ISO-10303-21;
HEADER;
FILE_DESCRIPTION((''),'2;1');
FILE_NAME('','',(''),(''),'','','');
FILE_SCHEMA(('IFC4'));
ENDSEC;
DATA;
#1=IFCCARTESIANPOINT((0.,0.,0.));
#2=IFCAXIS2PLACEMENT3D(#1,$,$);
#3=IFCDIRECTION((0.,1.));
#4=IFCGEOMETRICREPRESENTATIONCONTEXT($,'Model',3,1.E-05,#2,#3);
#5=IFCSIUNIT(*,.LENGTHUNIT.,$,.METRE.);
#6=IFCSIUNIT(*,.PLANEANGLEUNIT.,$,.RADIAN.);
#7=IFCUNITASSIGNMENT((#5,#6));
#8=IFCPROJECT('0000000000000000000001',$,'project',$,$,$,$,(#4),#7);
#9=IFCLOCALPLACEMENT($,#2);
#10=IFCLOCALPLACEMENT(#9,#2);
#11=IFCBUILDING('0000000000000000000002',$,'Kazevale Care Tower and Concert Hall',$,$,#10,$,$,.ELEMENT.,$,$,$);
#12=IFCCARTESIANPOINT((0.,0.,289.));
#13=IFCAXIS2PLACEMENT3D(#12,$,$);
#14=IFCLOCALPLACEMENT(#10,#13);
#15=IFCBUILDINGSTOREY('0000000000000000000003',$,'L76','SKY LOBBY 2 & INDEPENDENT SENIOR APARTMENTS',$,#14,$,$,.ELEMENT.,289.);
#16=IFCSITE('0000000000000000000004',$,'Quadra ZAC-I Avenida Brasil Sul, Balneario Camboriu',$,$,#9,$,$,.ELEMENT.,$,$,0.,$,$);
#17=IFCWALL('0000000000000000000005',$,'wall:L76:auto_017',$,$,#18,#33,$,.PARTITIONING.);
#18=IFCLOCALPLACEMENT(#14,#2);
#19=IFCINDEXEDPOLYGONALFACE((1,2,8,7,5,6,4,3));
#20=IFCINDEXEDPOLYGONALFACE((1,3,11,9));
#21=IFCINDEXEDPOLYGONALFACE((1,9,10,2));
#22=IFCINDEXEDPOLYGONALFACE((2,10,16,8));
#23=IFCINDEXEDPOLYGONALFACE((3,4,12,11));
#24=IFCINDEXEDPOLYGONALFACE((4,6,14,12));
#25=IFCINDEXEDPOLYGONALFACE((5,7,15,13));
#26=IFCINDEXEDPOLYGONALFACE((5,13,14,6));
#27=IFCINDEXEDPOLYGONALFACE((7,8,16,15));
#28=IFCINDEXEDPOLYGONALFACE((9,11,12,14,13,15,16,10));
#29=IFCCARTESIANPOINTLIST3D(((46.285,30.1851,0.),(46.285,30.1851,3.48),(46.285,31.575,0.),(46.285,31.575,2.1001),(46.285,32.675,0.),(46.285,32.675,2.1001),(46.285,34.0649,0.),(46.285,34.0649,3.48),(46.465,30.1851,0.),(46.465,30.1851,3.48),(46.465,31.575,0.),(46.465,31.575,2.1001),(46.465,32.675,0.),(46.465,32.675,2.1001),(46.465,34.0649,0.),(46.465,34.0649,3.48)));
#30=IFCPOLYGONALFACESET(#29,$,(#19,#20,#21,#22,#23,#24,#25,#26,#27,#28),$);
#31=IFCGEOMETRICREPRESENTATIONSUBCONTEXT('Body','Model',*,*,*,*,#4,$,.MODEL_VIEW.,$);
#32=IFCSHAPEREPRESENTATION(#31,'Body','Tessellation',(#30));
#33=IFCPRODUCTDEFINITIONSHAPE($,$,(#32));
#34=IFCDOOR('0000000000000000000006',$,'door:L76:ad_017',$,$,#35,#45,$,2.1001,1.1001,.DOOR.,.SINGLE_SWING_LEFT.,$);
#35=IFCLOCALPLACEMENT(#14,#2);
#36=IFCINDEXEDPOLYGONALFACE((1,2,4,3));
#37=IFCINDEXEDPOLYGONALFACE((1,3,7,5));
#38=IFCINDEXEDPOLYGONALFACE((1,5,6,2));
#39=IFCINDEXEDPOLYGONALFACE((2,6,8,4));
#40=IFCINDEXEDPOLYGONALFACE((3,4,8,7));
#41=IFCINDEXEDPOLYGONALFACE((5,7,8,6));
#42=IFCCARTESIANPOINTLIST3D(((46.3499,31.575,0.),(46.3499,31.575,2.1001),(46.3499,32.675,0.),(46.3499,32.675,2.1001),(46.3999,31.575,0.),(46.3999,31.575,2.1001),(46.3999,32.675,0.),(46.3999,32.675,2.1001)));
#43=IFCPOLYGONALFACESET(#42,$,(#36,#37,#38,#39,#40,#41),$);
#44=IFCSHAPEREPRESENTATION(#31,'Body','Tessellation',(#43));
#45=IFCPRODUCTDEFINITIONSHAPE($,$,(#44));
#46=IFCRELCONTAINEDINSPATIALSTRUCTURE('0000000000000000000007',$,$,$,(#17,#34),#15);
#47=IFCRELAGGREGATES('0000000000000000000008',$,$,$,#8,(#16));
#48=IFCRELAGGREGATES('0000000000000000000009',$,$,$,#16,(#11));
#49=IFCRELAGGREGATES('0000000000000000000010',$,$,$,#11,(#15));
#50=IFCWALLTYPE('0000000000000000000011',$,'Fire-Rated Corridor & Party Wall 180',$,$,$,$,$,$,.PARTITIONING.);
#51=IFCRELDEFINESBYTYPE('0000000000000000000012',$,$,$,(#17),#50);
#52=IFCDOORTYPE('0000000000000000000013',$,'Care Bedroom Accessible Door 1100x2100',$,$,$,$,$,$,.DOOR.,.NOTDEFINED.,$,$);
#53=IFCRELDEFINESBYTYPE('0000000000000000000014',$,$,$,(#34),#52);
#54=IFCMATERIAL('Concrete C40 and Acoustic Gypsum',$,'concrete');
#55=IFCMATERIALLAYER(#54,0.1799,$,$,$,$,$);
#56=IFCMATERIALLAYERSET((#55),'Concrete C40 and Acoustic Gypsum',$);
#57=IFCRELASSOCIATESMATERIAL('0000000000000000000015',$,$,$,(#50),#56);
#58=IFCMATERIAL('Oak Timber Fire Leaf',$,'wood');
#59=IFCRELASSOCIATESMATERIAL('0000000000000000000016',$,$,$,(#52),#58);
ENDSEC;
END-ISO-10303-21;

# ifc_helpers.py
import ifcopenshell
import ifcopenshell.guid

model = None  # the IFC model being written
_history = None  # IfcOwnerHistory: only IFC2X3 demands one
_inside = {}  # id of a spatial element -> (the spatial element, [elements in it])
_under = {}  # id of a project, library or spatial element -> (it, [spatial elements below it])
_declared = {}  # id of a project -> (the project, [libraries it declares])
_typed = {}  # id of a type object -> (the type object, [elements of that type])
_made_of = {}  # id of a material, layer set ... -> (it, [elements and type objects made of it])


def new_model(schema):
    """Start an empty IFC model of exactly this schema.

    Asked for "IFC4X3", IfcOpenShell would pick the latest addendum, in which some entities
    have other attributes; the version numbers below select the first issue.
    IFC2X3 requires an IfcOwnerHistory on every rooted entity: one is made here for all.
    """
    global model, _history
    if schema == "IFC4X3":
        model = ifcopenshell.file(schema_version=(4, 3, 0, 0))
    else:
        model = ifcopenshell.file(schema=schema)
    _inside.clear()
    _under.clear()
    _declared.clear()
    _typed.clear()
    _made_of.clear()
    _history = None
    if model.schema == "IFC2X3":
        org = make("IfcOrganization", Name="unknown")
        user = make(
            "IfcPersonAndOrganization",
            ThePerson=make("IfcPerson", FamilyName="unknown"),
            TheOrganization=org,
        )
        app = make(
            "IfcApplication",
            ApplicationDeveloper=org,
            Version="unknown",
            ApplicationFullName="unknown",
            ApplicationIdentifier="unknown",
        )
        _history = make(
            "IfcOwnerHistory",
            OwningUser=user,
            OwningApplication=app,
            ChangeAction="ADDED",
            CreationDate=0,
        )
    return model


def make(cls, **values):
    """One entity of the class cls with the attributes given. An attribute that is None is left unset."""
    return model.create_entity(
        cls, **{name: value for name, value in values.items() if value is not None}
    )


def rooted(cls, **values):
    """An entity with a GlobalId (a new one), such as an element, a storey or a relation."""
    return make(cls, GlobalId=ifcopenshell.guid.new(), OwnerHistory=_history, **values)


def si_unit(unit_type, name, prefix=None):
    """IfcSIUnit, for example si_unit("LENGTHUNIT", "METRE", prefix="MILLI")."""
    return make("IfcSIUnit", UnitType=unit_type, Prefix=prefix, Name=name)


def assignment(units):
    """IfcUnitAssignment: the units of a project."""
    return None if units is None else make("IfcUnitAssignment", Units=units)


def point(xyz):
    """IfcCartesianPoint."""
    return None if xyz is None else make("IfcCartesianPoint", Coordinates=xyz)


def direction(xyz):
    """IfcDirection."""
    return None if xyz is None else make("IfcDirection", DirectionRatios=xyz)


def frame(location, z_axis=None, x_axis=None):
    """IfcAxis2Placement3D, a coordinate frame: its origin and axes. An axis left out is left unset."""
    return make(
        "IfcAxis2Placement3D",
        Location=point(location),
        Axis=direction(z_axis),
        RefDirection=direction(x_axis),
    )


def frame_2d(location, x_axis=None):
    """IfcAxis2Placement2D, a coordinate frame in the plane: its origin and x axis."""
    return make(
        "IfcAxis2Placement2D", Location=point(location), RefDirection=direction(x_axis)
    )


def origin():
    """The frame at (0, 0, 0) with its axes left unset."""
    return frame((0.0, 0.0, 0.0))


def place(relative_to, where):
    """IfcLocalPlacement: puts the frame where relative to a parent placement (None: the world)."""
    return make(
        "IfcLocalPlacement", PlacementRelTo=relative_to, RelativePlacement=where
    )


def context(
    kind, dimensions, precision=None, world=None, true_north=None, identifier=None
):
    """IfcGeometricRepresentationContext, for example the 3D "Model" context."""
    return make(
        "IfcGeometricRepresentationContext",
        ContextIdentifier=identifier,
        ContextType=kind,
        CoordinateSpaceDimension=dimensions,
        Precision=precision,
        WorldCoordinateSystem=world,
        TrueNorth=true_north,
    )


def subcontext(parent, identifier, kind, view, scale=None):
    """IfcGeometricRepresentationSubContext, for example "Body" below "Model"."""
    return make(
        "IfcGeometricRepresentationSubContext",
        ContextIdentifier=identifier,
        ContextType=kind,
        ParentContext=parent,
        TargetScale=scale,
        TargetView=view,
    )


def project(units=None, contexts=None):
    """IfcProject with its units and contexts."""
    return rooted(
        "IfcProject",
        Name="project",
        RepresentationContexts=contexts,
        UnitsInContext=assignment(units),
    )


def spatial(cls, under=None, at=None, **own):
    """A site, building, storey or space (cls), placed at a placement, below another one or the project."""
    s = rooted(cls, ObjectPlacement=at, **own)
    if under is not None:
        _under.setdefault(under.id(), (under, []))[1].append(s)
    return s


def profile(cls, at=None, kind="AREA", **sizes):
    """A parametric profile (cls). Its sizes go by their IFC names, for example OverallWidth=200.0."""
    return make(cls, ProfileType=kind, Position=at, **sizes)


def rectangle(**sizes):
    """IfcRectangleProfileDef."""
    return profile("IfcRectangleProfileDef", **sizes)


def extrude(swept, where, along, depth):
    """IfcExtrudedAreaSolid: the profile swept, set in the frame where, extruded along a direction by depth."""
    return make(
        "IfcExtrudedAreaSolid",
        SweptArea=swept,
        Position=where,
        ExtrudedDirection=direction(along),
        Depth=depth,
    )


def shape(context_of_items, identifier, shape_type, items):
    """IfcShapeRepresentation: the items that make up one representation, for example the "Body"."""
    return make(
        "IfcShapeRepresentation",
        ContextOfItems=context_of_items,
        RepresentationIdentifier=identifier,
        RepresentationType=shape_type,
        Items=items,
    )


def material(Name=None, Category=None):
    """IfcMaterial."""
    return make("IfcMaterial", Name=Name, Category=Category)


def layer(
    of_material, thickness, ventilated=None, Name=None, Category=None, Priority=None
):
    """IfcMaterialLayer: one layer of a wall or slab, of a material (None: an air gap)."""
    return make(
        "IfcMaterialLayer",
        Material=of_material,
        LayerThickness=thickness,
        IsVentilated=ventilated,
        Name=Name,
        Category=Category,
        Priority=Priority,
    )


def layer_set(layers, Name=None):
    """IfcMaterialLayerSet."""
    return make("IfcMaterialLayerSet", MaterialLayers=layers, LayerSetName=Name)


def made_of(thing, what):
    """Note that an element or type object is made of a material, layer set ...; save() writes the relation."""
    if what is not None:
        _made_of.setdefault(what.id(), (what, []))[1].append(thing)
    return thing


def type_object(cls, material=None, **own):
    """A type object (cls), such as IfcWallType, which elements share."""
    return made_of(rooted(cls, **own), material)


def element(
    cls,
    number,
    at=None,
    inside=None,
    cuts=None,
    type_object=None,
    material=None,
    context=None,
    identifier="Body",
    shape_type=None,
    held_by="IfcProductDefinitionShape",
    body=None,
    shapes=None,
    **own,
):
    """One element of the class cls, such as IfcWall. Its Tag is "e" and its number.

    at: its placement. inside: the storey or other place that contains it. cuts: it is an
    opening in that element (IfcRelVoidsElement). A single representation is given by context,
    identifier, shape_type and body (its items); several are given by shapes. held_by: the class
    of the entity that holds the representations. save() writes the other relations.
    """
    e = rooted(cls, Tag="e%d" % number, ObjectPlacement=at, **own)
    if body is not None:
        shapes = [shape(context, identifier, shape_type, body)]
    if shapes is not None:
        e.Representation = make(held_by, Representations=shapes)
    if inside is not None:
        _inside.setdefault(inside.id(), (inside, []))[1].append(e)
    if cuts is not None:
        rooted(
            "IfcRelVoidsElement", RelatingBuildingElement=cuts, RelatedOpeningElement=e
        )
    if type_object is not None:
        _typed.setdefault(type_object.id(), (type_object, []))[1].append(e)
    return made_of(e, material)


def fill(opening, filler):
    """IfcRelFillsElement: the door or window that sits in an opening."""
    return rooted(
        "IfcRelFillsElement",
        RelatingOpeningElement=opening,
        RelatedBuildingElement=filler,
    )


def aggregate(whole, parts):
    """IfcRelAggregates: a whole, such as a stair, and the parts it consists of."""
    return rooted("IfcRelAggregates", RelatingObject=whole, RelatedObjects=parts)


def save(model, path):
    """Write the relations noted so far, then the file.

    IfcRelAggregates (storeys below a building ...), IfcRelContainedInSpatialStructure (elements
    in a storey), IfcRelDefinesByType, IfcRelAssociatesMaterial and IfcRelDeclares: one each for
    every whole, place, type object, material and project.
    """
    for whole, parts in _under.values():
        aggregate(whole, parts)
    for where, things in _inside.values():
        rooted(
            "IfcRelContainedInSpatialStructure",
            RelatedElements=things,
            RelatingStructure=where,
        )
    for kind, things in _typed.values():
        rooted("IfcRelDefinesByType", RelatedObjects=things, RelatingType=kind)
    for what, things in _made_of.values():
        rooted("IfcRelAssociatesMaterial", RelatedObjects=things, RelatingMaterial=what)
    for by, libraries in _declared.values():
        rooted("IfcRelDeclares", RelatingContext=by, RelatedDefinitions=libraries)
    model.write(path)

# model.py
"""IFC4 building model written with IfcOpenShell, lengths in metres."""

from ifc_helpers import new_model, si_unit, direction, frame, frame_2d, origin, place, context, subcontext, project, spatial, rectangle, extrude, material, layer, layer_set, type_object, element, fill, save


model = new_model("IFC4")

# Units and contexts
model_context = context("Model", 3, precision=1e-05, world=origin(), true_north=direction((0.0, 1.0)))
body_context = subcontext(model_context, "Body", "Model", "MODEL_VIEW")
ifc_project = project(units=[si_unit("LENGTHUNIT", "METRE"), si_unit("PLANEANGLEUNIT", "RADIAN")], contexts=[model_context])

# Site, building, storey
site_placement = place(None, origin())
site = spatial("IfcSite", under=ifc_project, at=site_placement, Name="Quadra ZAC-I Avenida Brasil Sul, Balneario Camboriu", CompositionType="ELEMENT", RefElevation=0.0)
building_placement = place(site_placement, origin())
building = spatial("IfcBuilding", under=site, at=building_placement, Name="Kazevale Care Tower and Concert Hall", CompositionType="ELEMENT")
storey_placement = place(building_placement, frame((0.0, 0.0, 289.0)))
storey = spatial("IfcBuildingStorey", under=building, at=storey_placement, Name="L76", Description="SKY LOBBY 2 & INDEPENDENT SENIOR APARTMENTS", CompositionType="ELEMENT", Elevation=289.0)

# Shared definitions
ifc_material_1 = material(Name="Oak Timber Fire Leaf", Category="wood")

# Wall, opening, door
ifc_material_2 = material(Name="Concrete C40 and Acoustic Gypsum", Category="concrete")
ifc_layer_1 = layer(ifc_material_2, 0.1799)
ifc_layer_set_1 = layer_set([ifc_layer_1], Name="Concrete C40 and Acoustic Gypsum")
wall_type_1 = type_object("IfcWallType", Name="Fire-Rated Corridor & Party Wall 180", PredefinedType="PARTITIONING", material=ifc_layer_set_1)
door_type_1 = type_object("IfcDoorType", Name="Care Bedroom Accessible Door 1100x2100", OperationType="NOTDEFINED", PredefinedType="DOOR", material=ifc_material_1)
wall_1_placement = place(storey_placement, frame((46.375, 34.0649, 0.0), z_axis=(0.0, 0.0, 1.0), x_axis=(0.0, -1.0, 0.0)))
wall_1 = element("IfcWall", 1, at=wall_1_placement, inside=storey, type_object=wall_type_1, Name="wall:L76:auto_017", PredefinedType="PARTITIONING", context=body_context, shape_type="SweptSolid", body=[
    extrude(rectangle(XDim=3.8799, YDim=0.1799, at=frame_2d((1.9399, 0.0))), origin(), (0.0, 0.0, 1.0), 3.48),
])
opening_1_placement = place(wall_1_placement, frame((1.3899, 0.0, 0.0)))
opening_1 = element("IfcOpeningElement", 2, at=opening_1_placement, cuts=wall_1, PredefinedType="OPENING", context=body_context, shape_type="SweptSolid", body=[
    extrude(rectangle(XDim=1.1001, YDim=2.1001, at=frame_2d((0.55, 1.05))), frame((0.0, 0.0999, 0.0), z_axis=(0.0, -1.0, 0.0), x_axis=(1.0, 0.0, 0.0)), (0.0, 0.0, 1.0), 0.2),
])
door_1_placement = place(opening_1_placement, origin())
door_1 = element("IfcDoor", 3, at=door_1_placement, inside=storey, type_object=door_type_1, Name="door:L76:ad_017", OperationType="SINGLE_SWING_LEFT", OverallHeight=2.1001, OverallWidth=1.1001, PredefinedType="DOOR", context=body_context, shape_type="SweptSolid", body=[
    extrude(rectangle(XDim=1.1001, YDim=2.1001, at=frame_2d((0.55, 1.05))), frame((0.0, 0.0249, 0.0), z_axis=(0.0, -1.0, 0.0), x_axis=(1.0, 0.0, 0.0)), (0.0, 0.0, 1.0), 0.05),
])
fill(opening_1, door_1)

save(model, "model.ifc")
